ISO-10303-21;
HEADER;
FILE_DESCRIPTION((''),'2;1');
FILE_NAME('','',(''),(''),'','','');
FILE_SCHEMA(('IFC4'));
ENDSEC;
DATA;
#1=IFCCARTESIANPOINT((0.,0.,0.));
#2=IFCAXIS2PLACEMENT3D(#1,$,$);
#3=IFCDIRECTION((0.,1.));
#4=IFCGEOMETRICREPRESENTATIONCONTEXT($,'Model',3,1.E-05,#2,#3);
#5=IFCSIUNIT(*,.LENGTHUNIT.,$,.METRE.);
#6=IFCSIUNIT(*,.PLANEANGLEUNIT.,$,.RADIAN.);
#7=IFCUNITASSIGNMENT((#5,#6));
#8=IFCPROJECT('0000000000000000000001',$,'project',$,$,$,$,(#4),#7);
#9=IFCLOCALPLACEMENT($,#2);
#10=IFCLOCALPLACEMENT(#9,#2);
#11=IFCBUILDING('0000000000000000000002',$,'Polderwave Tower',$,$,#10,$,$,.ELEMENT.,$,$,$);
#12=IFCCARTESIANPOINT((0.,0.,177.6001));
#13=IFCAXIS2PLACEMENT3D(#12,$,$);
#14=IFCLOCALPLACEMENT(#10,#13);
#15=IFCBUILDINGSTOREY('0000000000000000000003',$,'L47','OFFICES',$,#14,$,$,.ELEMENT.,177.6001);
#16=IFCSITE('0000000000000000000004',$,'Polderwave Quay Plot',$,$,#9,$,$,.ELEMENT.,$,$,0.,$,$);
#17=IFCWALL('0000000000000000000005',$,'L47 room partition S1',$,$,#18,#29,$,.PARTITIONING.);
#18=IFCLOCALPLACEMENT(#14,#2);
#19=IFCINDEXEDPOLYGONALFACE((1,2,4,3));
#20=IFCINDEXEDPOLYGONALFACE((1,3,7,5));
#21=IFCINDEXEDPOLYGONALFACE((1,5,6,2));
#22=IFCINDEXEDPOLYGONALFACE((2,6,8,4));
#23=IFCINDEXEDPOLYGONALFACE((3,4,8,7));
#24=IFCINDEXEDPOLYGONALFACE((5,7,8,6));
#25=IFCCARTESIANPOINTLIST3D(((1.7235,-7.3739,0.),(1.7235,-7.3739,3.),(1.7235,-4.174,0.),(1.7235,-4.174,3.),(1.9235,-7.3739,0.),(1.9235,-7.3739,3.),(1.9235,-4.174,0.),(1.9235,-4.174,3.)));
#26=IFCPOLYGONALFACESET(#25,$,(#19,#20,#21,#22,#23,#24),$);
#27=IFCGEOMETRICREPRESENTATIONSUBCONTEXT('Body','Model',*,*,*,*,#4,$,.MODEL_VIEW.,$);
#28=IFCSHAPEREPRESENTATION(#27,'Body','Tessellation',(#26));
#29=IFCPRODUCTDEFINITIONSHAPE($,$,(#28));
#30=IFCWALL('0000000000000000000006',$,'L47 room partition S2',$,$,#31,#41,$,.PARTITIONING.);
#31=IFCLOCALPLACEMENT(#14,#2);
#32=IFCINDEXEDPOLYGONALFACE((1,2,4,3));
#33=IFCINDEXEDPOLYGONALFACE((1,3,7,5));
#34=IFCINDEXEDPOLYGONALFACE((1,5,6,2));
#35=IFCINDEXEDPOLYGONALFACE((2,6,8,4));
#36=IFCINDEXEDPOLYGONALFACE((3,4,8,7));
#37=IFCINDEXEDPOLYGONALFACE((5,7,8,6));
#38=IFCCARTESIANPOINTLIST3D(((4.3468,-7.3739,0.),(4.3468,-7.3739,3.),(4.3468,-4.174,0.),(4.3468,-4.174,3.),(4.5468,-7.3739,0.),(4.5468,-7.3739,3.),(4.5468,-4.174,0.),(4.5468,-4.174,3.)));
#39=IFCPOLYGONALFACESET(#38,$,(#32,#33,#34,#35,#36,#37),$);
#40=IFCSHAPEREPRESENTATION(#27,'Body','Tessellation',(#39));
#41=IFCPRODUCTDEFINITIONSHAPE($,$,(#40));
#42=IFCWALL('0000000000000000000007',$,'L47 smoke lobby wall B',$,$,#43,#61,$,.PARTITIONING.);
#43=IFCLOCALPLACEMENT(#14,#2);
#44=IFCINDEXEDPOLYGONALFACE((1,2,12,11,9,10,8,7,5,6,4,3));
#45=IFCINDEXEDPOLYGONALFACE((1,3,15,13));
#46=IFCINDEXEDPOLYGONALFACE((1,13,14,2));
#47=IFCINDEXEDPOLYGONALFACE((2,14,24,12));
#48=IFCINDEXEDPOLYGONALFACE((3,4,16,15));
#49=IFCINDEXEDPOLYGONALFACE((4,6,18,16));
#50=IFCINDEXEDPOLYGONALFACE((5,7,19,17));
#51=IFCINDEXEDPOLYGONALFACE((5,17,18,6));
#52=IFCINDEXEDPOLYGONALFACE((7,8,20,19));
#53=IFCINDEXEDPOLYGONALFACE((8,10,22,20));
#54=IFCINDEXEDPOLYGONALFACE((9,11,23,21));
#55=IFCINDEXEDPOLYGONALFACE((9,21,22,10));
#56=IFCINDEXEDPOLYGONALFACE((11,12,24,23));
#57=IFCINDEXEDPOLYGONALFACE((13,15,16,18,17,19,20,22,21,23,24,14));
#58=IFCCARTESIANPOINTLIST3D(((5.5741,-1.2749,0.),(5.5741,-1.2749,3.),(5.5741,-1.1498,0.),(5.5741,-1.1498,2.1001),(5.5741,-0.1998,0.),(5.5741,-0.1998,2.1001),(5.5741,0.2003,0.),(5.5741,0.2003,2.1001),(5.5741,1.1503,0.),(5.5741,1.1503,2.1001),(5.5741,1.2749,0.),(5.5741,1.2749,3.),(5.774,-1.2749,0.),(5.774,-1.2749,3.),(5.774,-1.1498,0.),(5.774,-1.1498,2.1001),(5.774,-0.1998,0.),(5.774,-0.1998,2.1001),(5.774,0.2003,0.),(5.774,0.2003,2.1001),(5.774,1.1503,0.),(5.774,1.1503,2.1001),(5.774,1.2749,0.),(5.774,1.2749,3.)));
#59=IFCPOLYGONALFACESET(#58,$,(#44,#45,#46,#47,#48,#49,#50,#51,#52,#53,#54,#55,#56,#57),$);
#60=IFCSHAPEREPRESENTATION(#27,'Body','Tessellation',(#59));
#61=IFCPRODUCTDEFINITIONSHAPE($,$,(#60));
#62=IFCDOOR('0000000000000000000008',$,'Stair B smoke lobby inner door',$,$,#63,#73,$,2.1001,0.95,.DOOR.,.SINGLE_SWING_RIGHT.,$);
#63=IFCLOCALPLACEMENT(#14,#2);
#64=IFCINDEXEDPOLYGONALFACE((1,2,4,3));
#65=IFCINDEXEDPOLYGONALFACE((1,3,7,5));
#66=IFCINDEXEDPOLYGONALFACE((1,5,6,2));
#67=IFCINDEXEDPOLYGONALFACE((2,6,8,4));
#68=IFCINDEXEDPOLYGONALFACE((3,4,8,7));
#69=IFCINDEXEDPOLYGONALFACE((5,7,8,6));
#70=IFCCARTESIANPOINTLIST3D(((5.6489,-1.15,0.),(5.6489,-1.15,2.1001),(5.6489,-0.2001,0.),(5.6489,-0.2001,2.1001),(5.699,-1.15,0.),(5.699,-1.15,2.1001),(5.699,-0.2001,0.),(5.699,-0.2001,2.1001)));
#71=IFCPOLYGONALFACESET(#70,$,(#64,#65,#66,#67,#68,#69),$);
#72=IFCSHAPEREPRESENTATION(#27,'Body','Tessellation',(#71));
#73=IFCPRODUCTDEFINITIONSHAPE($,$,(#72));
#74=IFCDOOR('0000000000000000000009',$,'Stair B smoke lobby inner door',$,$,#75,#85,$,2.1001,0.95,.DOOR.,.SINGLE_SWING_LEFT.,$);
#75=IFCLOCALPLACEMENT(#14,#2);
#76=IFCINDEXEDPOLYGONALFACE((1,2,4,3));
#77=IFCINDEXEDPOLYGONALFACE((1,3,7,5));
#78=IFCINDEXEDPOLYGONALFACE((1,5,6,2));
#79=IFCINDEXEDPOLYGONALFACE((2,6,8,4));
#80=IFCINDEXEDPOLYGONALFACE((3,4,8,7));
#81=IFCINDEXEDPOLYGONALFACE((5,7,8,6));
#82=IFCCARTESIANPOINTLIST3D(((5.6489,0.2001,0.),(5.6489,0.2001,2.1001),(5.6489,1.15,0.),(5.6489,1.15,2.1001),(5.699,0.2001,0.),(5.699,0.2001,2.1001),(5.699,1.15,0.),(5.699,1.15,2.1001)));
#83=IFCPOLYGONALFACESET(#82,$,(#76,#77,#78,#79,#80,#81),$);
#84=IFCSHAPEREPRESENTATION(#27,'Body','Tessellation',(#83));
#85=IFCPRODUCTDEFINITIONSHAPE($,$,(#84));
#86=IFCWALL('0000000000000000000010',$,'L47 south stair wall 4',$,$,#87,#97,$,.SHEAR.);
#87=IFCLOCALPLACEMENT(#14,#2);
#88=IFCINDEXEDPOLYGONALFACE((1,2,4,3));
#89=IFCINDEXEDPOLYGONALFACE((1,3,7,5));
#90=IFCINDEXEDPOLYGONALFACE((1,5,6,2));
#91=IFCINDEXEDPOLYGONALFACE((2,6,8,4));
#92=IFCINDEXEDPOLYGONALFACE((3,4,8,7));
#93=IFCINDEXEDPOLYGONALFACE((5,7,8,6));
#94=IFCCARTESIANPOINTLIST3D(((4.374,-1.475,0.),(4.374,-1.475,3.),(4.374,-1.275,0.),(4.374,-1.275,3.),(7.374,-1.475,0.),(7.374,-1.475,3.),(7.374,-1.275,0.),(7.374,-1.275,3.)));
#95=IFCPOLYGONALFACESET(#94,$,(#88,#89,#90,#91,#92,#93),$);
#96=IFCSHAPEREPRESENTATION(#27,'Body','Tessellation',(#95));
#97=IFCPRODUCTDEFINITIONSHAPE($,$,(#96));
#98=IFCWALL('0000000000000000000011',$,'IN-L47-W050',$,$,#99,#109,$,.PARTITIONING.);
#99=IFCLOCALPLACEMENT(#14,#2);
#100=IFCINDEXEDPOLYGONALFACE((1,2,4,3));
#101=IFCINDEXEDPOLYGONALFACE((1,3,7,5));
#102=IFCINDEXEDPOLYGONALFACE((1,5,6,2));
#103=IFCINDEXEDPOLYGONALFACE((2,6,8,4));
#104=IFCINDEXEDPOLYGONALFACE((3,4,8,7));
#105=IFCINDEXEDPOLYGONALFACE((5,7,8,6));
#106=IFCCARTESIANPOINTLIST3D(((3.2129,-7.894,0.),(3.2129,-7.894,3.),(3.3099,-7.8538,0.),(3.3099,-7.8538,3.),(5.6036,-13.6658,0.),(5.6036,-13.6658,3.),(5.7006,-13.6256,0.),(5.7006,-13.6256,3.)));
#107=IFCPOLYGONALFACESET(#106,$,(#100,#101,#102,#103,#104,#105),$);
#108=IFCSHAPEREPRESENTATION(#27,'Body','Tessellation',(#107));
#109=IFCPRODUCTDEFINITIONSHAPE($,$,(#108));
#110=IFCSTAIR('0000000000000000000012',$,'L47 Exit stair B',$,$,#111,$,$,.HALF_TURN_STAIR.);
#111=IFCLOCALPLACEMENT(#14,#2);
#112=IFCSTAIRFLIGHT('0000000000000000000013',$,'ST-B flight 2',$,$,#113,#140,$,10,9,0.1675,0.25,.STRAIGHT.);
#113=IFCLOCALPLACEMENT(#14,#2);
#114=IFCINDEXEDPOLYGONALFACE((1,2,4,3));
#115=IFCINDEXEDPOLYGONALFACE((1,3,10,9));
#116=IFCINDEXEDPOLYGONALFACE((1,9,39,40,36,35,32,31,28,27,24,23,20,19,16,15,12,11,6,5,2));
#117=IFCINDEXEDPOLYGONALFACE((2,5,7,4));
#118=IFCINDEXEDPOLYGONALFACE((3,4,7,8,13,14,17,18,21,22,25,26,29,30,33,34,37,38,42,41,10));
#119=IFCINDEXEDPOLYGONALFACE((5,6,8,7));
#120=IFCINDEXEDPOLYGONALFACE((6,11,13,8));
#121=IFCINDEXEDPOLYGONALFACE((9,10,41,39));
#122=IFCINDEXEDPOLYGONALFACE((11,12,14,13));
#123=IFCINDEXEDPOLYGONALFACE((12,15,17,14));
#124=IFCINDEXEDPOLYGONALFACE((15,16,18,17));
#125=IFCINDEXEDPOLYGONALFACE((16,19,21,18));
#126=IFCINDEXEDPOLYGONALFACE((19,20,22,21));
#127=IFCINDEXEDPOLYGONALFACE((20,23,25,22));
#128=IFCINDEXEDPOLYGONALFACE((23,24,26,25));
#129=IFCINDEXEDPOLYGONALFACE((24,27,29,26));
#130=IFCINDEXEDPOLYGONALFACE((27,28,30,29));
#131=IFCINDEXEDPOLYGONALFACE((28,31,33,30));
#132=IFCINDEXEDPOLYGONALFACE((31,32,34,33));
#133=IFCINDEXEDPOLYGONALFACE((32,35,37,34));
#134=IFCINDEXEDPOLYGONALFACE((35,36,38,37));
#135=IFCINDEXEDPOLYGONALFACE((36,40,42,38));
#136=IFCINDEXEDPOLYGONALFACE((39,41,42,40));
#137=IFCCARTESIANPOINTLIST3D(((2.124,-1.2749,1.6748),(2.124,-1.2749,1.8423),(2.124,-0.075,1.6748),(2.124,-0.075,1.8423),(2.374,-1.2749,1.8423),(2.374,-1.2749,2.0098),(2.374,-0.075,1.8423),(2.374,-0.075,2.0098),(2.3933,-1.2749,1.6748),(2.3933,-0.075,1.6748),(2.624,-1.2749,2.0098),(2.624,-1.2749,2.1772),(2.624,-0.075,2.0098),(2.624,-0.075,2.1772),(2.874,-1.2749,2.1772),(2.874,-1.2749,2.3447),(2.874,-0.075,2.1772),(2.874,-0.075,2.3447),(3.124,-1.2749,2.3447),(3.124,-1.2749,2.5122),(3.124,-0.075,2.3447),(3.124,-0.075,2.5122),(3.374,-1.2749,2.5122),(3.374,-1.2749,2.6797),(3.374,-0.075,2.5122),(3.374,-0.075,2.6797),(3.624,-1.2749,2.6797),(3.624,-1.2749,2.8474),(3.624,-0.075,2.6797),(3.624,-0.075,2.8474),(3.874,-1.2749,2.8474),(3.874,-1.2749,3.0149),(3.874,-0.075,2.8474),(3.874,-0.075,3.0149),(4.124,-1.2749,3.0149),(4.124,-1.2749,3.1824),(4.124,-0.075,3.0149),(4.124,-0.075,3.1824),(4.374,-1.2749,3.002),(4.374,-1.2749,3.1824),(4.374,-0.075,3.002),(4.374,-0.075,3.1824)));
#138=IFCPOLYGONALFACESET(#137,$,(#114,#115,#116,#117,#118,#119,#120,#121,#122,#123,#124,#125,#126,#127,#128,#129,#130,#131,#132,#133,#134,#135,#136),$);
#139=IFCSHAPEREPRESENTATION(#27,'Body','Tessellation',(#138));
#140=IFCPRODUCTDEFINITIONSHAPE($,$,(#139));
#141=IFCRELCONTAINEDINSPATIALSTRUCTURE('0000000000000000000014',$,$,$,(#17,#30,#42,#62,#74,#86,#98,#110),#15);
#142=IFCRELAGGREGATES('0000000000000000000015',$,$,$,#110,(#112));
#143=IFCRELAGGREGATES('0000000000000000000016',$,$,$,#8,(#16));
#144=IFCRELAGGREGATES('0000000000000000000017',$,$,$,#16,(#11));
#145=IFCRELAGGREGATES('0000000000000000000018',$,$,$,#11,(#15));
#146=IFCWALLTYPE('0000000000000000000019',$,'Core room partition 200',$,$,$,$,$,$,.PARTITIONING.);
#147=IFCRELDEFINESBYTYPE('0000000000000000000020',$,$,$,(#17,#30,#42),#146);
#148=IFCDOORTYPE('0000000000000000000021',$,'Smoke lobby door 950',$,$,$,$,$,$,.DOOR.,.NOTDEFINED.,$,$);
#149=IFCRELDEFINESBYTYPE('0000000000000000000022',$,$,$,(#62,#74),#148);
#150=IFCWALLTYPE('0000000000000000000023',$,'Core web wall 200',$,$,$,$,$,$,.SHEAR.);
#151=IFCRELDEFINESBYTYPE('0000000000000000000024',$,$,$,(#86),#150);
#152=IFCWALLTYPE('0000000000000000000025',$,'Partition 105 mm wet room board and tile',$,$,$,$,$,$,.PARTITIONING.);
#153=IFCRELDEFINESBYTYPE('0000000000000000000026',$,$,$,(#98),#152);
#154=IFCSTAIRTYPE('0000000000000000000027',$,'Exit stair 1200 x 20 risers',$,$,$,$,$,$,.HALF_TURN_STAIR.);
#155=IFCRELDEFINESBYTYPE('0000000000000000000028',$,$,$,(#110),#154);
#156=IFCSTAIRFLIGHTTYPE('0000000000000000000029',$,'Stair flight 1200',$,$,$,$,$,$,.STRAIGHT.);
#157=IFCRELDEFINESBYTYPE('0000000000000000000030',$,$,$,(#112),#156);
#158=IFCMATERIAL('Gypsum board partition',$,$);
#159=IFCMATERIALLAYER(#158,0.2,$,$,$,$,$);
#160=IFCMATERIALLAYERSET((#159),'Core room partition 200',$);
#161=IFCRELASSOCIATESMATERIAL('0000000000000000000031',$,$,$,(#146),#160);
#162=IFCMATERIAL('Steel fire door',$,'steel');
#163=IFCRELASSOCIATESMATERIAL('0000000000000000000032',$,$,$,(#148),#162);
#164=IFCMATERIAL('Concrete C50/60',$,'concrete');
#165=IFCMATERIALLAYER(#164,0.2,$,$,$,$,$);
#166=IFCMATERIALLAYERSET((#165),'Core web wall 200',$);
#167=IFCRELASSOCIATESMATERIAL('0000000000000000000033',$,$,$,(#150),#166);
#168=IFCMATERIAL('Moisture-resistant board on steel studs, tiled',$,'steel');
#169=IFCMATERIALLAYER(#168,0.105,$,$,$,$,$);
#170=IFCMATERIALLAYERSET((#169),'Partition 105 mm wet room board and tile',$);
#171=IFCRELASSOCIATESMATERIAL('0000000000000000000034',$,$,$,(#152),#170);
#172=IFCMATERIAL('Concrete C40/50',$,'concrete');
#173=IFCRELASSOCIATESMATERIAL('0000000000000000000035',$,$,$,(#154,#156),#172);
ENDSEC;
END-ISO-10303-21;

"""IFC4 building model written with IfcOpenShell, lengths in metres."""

from ifc_helpers import new_model, si_unit, direction, frame, frame_2d, origin, place, context, subcontext, project, spatial, polyline, rectangle, outline, extrude, material, layer, layer_set, type_object, element, fill, aggregate, save


model = new_model("IFC4")

# Units and contexts
model_context = context("Model", 3, precision=1e-05, world=origin(), true_north=direction((0.0, 1.0)))
body_context = subcontext(model_context, "Body", "Model", "MODEL_VIEW")
ifc_project = project(units=[si_unit("LENGTHUNIT", "METRE"), si_unit("PLANEANGLEUNIT", "RADIAN")], contexts=[model_context])

# Site, building, storey
site_placement = place(None, origin())
site = spatial("IfcSite", under=ifc_project, at=site_placement, Name="Polderwave Quay Plot", CompositionType="ELEMENT", RefElevation=0.0)
building_placement = place(site_placement, origin())
building = spatial("IfcBuilding", under=site, at=building_placement, Name="Polderwave Tower", CompositionType="ELEMENT")
storey_placement = place(building_placement, frame((0.0, 0.0, 177.6001)))
storey = spatial("IfcBuildingStorey", under=building, at=storey_placement, Name="L47", Description="OFFICES", CompositionType="ELEMENT", Elevation=177.6001)

# Walls
ifc_material_1 = material(Name="Gypsum board partition")
ifc_layer_1 = layer(ifc_material_1, 0.2)
ifc_layer_set_1 = layer_set([ifc_layer_1], Name="Core room partition 200")
wall_type_1 = type_object("IfcWallType", Name="Core room partition 200", PredefinedType="PARTITIONING", material=ifc_layer_set_1)
for number, where, z_axis, x_axis, name in (
    (1, (1.8235, -7.374, 0.0), (0.0, 0.0, 1.0), (0.0, 1.0, 0.0), "L47 room partition S1"),
    (2, (4.4468, -7.374, 0.0), (0.0, 0.0, 1.0), (0.0, 1.0, 0.0), "L47 room partition S2"),
):
    element("IfcWall", number, at=place(storey_placement, frame(where, z_axis=z_axis, x_axis=x_axis)), inside=storey, type_object=wall_type_1, Name=name, PredefinedType="PARTITIONING", context=body_context, shape_type="SweptSolid", body=[
        extrude(rectangle(XDim=3.2, YDim=0.2, at=frame_2d((1.6001, 0.0))), origin(), (0.0, 0.0, 1.0), 3.0),
    ])

# Wall, openings, doors
wall_1_placement = place(storey_placement, frame((5.6741, -1.2749, 0.0), z_axis=(0.0, 0.0, 1.0), x_axis=(0.0, 1.0, 0.0)))
wall_1 = element("IfcWall", 3, at=wall_1_placement, inside=storey, type_object=wall_type_1, Name="L47 smoke lobby wall B", PredefinedType="PARTITIONING", context=body_context, shape_type="SweptSolid", body=[
    extrude(rectangle(XDim=2.5498, YDim=0.2, at=frame_2d((1.2749, 0.0))), origin(), (0.0, 0.0, 1.0), 3.0),
])
opening_1_placement = place(wall_1_placement, frame((0.125, 0.0, 0.0)))
opening_1 = element("IfcOpeningElement", 4, at=opening_1_placement, cuts=wall_1, PredefinedType="OPENING", context=body_context, shape_type="SweptSolid", body=[
    extrude(rectangle(XDim=0.95, YDim=2.1001, at=frame_2d((0.4751, 1.05))), frame((0.0, 0.1099, 0.0), z_axis=(0.0, -1.0, 0.0), x_axis=(1.0, 0.0, 0.0)), (0.0, 0.0, 1.0), 0.22),
])
opening_2_placement = place(wall_1_placement, frame((1.4751, 0.0, 0.0)))
opening_2 = element("IfcOpeningElement", 5, at=opening_2_placement, cuts=wall_1, PredefinedType="OPENING", context=body_context, shape_type="SweptSolid", body=[
    extrude(rectangle(XDim=0.95, YDim=2.1001, at=frame_2d((0.4751, 1.05))), frame((0.0, 0.1099, 0.0), z_axis=(0.0, -1.0, 0.0), x_axis=(1.0, 0.0, 0.0)), (0.0, 0.0, 1.0), 0.22),
])
ifc_material_2 = material(Name="Steel fire door", Category="steel")
door_type = type_object("IfcDoorType", Name="Smoke lobby door 950", OperationType="NOTDEFINED", PredefinedType="DOOR", material=ifc_material_2)
door_1_placement = place(opening_1_placement, frame((0.95, 0.0, 0.0), z_axis=(0.0, 0.0, 1.0), x_axis=(-1.0, 0.0, 0.0)))
door_1 = element("IfcDoor", 6, at=door_1_placement, inside=storey, type_object=door_type, Name="Stair B smoke lobby inner door", OperationType="SINGLE_SWING_RIGHT", OverallHeight=2.1001, OverallWidth=0.95, PredefinedType="DOOR", context=body_context, shape_type="SweptSolid", body=[
    extrude(rectangle(XDim=0.95, YDim=2.1001, at=frame_2d((0.4751, 1.05))), frame((0.0, 0.0249, 0.0), z_axis=(0.0, -1.0, 0.0), x_axis=(1.0, 0.0, 0.0)), (0.0, 0.0, 1.0), 0.05),
])
fill(opening_1, door_1)
door_2_placement = place(opening_2_placement, frame((0.95, 0.0, 0.0), z_axis=(0.0, 0.0, 1.0), x_axis=(-1.0, 0.0, 0.0)))
door_2 = element("IfcDoor", 7, at=door_2_placement, inside=storey, type_object=door_type, Name="Stair B smoke lobby inner door", OperationType="SINGLE_SWING_LEFT", OverallHeight=2.1001, OverallWidth=0.95, PredefinedType="DOOR", context=body_context, shape_type="SweptSolid", body=[
    extrude(rectangle(XDim=0.95, YDim=2.1001, at=frame_2d((0.4751, 1.05))), frame((0.0, 0.0249, 0.0), z_axis=(0.0, -1.0, 0.0), x_axis=(1.0, 0.0, 0.0)), (0.0, 0.0, 1.0), 0.05),
])
fill(opening_2, door_2)

# Walls
ifc_material_3 = material(Name="Concrete C50/60", Category="concrete")
ifc_layer_2 = layer(ifc_material_3, 0.2)
ifc_layer_set_2 = layer_set([ifc_layer_2], Name="Core web wall 200")
wall_type_2 = type_object("IfcWallType", Name="Core web wall 200", PredefinedType="SHEAR", material=ifc_layer_set_2)
wall_2_placement = place(storey_placement, frame((4.374, -1.375, 0.0), z_axis=(0.0, 0.0, 1.0), x_axis=(1.0, 0.0, 0.0)))
element("IfcWall", 8, at=wall_2_placement, inside=storey, type_object=wall_type_2, Name="L47 south stair wall 4", PredefinedType="SHEAR", context=body_context, shape_type="SweptSolid", body=[
    extrude(rectangle(XDim=3.0, YDim=0.2, at=frame_2d((1.5, 0.0))), origin(), (0.0, 0.0, 1.0), 3.0),
])
ifc_material_4 = material(Name="Moisture-resistant board on steel studs, tiled", Category="steel")
ifc_layer_3 = layer(ifc_material_4, 0.105)
ifc_layer_set_3 = layer_set([ifc_layer_3], Name="Partition 105 mm wet room board and tile")
wall_type_3 = type_object("IfcWallType", Name="Partition 105 mm wet room board and tile", PredefinedType="PARTITIONING", material=ifc_layer_set_3)
wall_3_placement = place(storey_placement, frame((3.2615, -7.874, 0.0), z_axis=(0.0, 0.0, 1.0), x_axis=(0.382669, -0.923885, 0.0)))
element("IfcWall", 9, at=wall_3_placement, inside=storey, type_object=wall_type_3, Name="IN-L47-W050", PredefinedType="PARTITIONING", context=body_context, shape_type="SweptSolid", body=[
    extrude(rectangle(XDim=6.2473, YDim=0.105, at=frame_2d((3.1235, 0.0))), origin(), (0.0, 0.0, 1.0), 3.0),
])

# Stair, stair flight
ifc_material_5 = material(Name="Concrete C40/50", Category="concrete")
stair_type = type_object("IfcStairType", Name="Exit stair 1200 x 20 risers", PredefinedType="HALF_TURN_STAIR", material=ifc_material_5)
stair_placement = place(storey_placement, origin())
stair = element("IfcStair", 10, at=stair_placement, inside=storey, type_object=stair_type, Name="L47 Exit stair B", PredefinedType="HALF_TURN_STAIR")
stair_flight_type = type_object("IfcStairFlightType", Name="Stair flight 1200", PredefinedType="STRAIGHT", material=ifc_material_5)
stair_flight_placement = place(storey_placement, frame((2.124, -0.675, 1.6748), z_axis=(0.0, 0.0, 1.0), x_axis=(1.0, 0.0, 0.0)))
stair_flight = element("IfcStairFlight", 11, at=stair_flight_placement, type_object=stair_flight_type, Name="ST-B flight 2", NumberOfRisers=10, NumberOfTreads=9, PredefinedType="STRAIGHT", RiserHeight=0.1675, TreadLength=0.25, context=body_context, shape_type="SweptSolid", body=[
    extrude(outline(polyline([(0.0, 0.0), (0.0, 0.1675), (0.25, 0.1675), (0.25, 0.335), (0.5, 0.335), (0.5, 0.5024), (0.75, 0.5024), (0.75, 0.6699), (1.0, 0.6699), (1.0, 0.8374), (1.25, 0.8374), (1.25, 1.0049), (1.5, 1.0049), (1.5, 1.1726), (1.75, 1.1726), (1.75, 1.3401), (2.0, 1.3401), (2.0, 1.5076), (2.25, 1.5076), (2.25, 1.675), (2.25, 1.3271), (0.2693, 0.0), (0.0, 0.0)])), frame((0.0, 0.6001, 0.0), z_axis=(0.0, -1.0, 0.0), x_axis=(1.0, 0.0, 0.0)), (0.0, 0.0, 1.0), 1.2),
])
aggregate(stair, [stair_flight])

save(model, "model.ifc")
